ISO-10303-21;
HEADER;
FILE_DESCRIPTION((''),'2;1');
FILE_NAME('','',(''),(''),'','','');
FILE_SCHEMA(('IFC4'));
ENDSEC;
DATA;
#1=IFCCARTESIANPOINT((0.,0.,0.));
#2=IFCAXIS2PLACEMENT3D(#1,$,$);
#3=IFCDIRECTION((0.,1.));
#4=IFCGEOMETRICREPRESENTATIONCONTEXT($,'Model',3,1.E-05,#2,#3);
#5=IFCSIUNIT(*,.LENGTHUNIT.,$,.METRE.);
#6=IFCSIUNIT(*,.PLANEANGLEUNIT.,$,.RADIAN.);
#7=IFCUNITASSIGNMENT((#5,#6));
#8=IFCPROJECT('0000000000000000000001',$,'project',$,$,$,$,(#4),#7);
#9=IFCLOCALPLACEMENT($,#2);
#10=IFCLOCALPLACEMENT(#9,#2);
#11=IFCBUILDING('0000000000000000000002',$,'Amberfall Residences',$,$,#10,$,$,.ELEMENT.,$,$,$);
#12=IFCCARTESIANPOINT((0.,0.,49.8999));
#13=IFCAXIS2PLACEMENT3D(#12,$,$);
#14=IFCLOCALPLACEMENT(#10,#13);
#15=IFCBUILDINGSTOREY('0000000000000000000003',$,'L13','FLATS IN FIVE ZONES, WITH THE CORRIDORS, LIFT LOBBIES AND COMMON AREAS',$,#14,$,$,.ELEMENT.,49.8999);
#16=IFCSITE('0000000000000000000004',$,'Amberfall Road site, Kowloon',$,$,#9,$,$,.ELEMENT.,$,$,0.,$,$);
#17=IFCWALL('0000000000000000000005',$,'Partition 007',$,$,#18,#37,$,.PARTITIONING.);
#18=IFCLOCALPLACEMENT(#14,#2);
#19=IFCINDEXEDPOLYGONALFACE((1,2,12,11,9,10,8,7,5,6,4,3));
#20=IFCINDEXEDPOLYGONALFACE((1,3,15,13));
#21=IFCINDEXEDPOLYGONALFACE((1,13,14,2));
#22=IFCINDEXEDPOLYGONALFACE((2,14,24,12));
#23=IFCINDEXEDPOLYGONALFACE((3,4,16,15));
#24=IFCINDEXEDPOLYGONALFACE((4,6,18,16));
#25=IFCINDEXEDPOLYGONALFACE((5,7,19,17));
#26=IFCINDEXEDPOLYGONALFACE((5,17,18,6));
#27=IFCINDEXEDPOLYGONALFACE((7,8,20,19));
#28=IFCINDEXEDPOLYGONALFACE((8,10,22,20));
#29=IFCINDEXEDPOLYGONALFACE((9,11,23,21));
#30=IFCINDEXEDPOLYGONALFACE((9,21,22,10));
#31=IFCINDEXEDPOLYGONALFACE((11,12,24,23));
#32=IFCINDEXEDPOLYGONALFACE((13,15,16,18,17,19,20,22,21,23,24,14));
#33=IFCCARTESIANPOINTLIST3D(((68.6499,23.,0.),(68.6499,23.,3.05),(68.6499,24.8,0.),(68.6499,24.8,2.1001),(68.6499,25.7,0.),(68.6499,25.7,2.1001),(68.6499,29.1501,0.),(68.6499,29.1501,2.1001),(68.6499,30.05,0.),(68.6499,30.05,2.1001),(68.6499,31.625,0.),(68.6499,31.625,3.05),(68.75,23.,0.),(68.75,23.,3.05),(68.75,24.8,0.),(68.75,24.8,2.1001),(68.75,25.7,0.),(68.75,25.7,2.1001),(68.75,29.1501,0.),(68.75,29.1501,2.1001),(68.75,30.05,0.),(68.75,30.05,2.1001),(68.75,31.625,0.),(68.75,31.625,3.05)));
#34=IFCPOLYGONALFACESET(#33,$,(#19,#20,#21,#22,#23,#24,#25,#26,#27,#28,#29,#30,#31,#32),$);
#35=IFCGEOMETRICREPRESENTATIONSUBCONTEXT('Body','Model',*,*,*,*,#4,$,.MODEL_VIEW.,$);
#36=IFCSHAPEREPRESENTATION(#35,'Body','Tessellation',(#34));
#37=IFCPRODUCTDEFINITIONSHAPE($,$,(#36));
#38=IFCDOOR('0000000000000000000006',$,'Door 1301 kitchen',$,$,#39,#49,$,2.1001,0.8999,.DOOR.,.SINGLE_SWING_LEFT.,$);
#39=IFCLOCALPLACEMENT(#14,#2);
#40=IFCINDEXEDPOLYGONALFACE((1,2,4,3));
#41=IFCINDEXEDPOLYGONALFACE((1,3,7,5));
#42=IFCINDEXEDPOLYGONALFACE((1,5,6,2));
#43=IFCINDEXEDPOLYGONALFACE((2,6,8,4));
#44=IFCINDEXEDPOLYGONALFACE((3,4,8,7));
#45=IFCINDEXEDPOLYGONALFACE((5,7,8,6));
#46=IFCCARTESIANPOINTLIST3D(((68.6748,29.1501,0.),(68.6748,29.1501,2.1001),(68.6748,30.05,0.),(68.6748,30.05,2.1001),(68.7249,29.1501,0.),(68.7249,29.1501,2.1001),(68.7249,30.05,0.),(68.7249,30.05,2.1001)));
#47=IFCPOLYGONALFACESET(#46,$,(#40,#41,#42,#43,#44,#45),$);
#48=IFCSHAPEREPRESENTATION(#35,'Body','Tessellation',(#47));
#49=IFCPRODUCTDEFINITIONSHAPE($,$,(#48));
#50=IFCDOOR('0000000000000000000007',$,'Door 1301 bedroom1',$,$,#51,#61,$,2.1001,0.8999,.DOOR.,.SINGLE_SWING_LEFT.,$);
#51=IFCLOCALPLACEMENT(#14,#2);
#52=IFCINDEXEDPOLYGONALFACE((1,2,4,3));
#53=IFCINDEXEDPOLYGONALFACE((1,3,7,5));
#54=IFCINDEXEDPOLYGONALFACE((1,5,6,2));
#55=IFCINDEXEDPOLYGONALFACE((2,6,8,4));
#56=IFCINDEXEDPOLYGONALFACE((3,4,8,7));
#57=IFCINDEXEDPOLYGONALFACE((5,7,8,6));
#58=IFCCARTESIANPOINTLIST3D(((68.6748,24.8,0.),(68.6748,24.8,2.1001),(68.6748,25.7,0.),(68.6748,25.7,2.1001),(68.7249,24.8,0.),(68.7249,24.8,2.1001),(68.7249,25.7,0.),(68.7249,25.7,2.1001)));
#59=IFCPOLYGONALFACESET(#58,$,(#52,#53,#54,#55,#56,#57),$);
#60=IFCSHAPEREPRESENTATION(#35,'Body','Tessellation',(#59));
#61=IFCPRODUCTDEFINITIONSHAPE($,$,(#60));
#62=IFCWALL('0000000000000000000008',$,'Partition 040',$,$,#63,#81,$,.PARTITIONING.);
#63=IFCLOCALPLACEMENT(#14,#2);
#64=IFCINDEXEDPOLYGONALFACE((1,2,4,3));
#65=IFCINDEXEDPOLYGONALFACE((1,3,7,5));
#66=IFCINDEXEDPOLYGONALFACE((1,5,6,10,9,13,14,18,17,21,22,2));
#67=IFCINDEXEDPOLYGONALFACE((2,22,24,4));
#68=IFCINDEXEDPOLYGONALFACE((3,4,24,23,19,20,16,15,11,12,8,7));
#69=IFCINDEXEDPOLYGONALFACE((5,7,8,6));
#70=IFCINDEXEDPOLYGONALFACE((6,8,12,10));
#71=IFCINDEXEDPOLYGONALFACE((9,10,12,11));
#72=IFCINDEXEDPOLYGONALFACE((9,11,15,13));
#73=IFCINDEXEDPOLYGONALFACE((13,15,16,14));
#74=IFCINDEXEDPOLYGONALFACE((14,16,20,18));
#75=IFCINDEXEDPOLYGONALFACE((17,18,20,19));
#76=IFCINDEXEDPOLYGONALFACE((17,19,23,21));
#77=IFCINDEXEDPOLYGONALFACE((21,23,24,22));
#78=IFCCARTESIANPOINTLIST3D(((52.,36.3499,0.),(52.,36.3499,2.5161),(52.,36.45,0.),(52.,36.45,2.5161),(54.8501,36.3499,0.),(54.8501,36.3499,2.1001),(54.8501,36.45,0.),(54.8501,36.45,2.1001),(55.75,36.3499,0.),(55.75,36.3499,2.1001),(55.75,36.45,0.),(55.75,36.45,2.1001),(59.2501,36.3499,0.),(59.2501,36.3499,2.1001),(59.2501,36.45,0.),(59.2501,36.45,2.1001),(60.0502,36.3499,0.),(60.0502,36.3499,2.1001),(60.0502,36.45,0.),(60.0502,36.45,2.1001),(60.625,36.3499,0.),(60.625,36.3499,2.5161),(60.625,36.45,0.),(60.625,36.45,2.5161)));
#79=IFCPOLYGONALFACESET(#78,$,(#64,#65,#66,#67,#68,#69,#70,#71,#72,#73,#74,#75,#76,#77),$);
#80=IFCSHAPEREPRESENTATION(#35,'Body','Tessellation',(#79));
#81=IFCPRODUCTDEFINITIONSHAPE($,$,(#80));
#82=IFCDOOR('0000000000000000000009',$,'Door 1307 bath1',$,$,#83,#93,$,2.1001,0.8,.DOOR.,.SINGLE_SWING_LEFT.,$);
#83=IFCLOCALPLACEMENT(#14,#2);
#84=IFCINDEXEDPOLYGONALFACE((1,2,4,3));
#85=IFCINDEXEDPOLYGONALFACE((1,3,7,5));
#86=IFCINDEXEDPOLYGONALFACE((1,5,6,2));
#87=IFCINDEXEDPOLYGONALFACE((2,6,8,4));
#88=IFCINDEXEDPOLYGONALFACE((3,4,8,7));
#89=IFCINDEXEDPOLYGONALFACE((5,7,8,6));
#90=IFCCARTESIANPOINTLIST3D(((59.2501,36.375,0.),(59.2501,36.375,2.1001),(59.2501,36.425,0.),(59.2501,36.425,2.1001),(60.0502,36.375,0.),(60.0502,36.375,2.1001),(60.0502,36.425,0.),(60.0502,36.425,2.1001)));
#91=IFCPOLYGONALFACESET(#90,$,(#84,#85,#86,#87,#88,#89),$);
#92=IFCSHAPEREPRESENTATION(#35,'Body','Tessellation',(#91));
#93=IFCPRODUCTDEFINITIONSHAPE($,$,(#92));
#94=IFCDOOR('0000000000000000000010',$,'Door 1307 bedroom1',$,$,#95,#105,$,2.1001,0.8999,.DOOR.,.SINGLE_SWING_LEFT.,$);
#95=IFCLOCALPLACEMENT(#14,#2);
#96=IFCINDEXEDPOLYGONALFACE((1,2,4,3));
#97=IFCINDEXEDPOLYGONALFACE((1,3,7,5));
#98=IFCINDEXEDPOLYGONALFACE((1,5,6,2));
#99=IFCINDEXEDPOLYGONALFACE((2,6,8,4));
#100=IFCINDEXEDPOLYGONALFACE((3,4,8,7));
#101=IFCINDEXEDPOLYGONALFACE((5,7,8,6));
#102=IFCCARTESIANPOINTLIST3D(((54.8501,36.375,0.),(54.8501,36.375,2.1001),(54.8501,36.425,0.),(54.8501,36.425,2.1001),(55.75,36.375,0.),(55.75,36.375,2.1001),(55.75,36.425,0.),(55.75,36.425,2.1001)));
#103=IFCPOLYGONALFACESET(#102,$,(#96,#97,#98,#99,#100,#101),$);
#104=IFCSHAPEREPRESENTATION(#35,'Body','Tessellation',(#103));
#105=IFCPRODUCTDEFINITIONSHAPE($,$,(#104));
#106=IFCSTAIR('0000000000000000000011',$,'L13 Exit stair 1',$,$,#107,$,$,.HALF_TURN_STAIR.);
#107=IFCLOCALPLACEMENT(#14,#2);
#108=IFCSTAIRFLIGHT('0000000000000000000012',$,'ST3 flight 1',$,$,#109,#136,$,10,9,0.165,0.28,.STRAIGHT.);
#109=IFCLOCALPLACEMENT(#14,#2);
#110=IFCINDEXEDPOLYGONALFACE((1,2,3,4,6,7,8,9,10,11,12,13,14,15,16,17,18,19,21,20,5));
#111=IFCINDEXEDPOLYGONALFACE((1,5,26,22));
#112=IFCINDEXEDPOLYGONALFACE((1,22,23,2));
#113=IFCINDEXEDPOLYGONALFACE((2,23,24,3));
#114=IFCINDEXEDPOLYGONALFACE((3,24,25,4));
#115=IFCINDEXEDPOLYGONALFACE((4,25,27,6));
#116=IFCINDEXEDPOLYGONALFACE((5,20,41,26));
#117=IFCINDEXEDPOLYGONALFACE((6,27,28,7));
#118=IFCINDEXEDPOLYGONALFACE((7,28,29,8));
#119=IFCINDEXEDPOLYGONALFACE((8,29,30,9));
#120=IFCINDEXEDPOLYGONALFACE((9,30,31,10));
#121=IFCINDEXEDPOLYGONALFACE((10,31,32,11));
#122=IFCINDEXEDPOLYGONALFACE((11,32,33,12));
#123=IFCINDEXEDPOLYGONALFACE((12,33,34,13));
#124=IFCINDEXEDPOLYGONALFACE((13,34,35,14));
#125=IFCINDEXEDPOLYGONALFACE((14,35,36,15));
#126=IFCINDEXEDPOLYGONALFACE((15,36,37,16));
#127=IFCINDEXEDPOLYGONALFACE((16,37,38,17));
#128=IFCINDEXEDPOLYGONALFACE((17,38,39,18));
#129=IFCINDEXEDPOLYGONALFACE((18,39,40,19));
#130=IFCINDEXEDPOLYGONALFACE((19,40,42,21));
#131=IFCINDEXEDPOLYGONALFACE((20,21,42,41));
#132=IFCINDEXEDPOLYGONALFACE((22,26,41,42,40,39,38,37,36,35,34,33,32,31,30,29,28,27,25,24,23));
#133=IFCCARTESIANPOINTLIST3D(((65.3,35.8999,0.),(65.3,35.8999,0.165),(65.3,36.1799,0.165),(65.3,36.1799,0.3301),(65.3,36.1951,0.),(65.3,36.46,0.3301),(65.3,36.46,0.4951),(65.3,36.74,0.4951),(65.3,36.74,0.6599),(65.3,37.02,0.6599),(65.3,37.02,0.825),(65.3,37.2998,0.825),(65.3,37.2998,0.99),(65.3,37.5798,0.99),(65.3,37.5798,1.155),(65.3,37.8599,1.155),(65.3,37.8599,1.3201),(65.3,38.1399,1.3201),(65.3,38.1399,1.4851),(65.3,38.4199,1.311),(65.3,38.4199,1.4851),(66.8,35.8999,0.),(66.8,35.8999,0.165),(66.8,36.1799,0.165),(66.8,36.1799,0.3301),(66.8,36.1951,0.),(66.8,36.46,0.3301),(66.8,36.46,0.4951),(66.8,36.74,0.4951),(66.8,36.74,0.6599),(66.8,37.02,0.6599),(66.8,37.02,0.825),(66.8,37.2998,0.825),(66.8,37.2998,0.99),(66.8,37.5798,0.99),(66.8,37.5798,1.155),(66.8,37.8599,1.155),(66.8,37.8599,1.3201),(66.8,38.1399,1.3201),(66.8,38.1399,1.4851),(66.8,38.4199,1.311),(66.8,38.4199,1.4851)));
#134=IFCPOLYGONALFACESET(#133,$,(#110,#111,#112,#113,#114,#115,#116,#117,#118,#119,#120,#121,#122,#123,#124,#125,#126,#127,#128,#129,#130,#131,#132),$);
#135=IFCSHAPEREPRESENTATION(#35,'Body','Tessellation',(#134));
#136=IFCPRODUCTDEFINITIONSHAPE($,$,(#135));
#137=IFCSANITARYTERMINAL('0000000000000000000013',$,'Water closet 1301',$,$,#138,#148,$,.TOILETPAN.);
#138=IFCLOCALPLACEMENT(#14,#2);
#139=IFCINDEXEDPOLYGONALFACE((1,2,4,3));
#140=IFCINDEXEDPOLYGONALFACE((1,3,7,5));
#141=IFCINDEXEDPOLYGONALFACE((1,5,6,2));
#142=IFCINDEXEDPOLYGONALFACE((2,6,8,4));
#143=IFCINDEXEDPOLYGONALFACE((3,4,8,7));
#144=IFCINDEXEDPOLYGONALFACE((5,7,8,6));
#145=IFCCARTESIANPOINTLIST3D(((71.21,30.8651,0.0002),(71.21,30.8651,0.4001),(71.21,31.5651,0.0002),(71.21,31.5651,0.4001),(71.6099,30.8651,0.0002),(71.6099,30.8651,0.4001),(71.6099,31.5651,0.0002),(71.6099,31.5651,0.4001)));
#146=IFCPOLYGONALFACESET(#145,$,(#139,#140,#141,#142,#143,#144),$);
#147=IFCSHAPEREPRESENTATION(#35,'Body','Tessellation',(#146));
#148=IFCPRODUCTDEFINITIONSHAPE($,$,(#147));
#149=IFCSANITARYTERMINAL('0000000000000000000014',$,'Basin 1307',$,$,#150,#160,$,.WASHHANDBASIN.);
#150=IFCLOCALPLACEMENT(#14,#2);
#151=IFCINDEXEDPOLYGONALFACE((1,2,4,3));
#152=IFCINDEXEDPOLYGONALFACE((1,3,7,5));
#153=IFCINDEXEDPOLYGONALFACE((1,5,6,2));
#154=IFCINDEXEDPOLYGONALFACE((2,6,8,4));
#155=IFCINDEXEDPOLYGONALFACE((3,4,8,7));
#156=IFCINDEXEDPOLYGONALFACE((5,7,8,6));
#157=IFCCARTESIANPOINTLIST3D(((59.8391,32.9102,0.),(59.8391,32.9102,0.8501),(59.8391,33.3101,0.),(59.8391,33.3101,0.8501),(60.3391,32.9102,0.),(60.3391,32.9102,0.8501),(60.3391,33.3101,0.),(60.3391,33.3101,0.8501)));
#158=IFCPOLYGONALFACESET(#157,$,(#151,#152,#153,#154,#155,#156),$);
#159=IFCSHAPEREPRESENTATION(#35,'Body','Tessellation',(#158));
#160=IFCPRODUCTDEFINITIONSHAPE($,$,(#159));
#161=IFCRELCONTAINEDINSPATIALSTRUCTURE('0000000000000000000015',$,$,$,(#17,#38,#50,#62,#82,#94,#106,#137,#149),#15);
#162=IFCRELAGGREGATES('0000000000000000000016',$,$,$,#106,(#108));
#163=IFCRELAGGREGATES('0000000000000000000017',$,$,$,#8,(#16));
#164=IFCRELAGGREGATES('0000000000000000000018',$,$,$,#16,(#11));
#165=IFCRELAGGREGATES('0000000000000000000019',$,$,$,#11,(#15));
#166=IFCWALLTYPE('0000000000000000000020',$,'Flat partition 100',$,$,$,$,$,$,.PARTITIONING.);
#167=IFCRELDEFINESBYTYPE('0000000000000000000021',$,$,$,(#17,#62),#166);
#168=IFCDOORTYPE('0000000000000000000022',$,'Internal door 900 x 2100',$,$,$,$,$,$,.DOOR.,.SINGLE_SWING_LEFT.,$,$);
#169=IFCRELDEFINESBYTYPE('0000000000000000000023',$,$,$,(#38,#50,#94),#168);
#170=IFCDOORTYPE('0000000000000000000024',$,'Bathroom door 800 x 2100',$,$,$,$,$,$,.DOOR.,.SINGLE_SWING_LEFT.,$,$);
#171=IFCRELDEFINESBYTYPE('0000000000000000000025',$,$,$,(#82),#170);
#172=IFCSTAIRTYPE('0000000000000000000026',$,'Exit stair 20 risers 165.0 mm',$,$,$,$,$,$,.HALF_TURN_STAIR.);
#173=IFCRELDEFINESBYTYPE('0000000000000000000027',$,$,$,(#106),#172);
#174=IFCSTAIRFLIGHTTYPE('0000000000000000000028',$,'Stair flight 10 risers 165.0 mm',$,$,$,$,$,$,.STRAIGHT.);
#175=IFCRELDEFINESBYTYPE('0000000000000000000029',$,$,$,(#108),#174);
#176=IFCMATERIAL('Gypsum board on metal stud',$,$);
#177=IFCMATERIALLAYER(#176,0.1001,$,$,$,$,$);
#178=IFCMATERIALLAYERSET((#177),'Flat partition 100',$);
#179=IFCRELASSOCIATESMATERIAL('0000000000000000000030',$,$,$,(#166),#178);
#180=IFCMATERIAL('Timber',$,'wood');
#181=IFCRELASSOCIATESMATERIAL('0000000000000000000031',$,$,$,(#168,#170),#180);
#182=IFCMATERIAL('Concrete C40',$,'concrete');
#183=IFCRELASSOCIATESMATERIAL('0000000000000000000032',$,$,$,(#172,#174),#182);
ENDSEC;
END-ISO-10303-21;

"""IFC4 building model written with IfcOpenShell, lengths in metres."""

from ifc_helpers import new_model, si_unit, direction, frame, frame_2d, origin, origin_2d, place, context, subcontext, project, spatial, polyline, rectangle, outline, extrude, material, layer, layer_set, type_object, element, fill, aggregate, save


model = new_model("IFC4")

# Units and contexts
model_context = context("Model", 3, precision=1e-05, world=origin(), true_north=direction((0.0, 1.0)))
body_context = subcontext(model_context, "Body", "Model", "MODEL_VIEW")
ifc_project = project(units=[si_unit("LENGTHUNIT", "METRE"), si_unit("PLANEANGLEUNIT", "RADIAN")], contexts=[model_context])

# Site, building, storey
site_placement = place(None, origin())
site = spatial("IfcSite", under=ifc_project, at=site_placement, Name="Amberfall Road site, Kowloon", CompositionType="ELEMENT", RefElevation=0.0)
building_placement = place(site_placement, origin())
building = spatial("IfcBuilding", under=site, at=building_placement, Name="Amberfall Residences", CompositionType="ELEMENT")
storey_placement = place(building_placement, frame((0.0, 0.0, 49.8999)))
storey = spatial("IfcBuildingStorey", under=building, at=storey_placement, Name="L13", Description="FLATS IN FIVE ZONES, WITH THE CORRIDORS, LIFT LOBBIES AND COMMON AREAS", CompositionType="ELEMENT", Elevation=49.8999)

# Walls, openings, doors
ifc_material_1 = material(Name="Gypsum board on metal stud")
ifc_layer_1 = layer(ifc_material_1, 0.1001)
ifc_layer_set_1 = layer_set([ifc_layer_1], Name="Flat partition 100")
wall_type_1 = type_object("IfcWallType", Name="Flat partition 100", PredefinedType="PARTITIONING", material=ifc_layer_set_1)
wall_1_placement = place(storey_placement, frame((68.7, 31.625, 0.0), z_axis=(0.0, 0.0, 1.0), x_axis=(0.0, -1.0, 0.0)))
wall_1 = element("IfcWall", 1, at=wall_1_placement, inside=storey, type_object=wall_type_1, Name="Partition 007", PredefinedType="PARTITIONING", context=body_context, shape_type="SweptSolid", body=[
    extrude(rectangle(XDim=8.625, YDim=0.1001, at=frame_2d((4.3125, 0.0))), origin(), (0.0, 0.0, 1.0), 3.05),
])
opening_1_placement = place(wall_1_placement, frame((1.575, 0.0, 0.0)))
opening_1 = element("IfcOpeningElement", 2, at=opening_1_placement, cuts=wall_1, PredefinedType="OPENING", context=body_context, shape_type="SweptSolid", body=[
    extrude(rectangle(XDim=0.8999, YDim=2.1001, at=frame_2d((0.45, 1.05))), frame((0.0, 0.0601, 0.0), z_axis=(0.0, -1.0, 0.0), x_axis=(1.0, 0.0, 0.0)), (0.0, 0.0, 1.0), 0.1201),
])
opening_2_placement = place(wall_1_placement, frame((5.925, 0.0, 0.0)))
opening_2 = element("IfcOpeningElement", 3, at=opening_2_placement, cuts=wall_1, PredefinedType="OPENING", context=body_context, shape_type="SweptSolid", body=[
    extrude(rectangle(XDim=0.8999, YDim=2.1001, at=frame_2d((0.45, 1.05))), frame((0.0, 0.0601, 0.0), z_axis=(0.0, -1.0, 0.0), x_axis=(1.0, 0.0, 0.0)), (0.0, 0.0, 1.0), 0.1201),
])
ifc_material_2 = material(Name="Timber", Category="wood")
door_type_1 = type_object("IfcDoorType", Name="Internal door 900 x 2100", OperationType="SINGLE_SWING_LEFT", PredefinedType="DOOR", material=ifc_material_2)
door_1_placement = place(opening_1_placement, origin())
door_1 = element("IfcDoor", 4, at=door_1_placement, inside=storey, type_object=door_type_1, Name="Door 1301 kitchen", OperationType="SINGLE_SWING_LEFT", OverallHeight=2.1001, OverallWidth=0.8999, PredefinedType="DOOR", context=body_context, shape_type="SweptSolid", body=[
    extrude(rectangle(XDim=0.8999, YDim=2.1001, at=frame_2d((0.45, 1.05))), frame((0.0, 0.0249, 0.0), z_axis=(0.0, -1.0, 0.0), x_axis=(1.0, 0.0, 0.0)), (0.0, 0.0, 1.0), 0.05),
])
fill(opening_1, door_1)
door_2_placement = place(opening_2_placement, origin())
door_2 = element("IfcDoor", 5, at=door_2_placement, inside=storey, type_object=door_type_1, Name="Door 1301 bedroom1", OperationType="SINGLE_SWING_LEFT", OverallHeight=2.1001, OverallWidth=0.8999, PredefinedType="DOOR", context=body_context, shape_type="SweptSolid", body=[
    extrude(rectangle(XDim=0.8999, YDim=2.1001, at=frame_2d((0.45, 1.05))), frame((0.0, 0.0249, 0.0), z_axis=(0.0, -1.0, 0.0), x_axis=(1.0, 0.0, 0.0)), (0.0, 0.0, 1.0), 0.05),
])
fill(opening_2, door_2)
wall_2_placement = place(storey_placement, frame((60.625, 36.3999, 0.0), z_axis=(0.0, 0.0, 1.0), x_axis=(-1.0, 0.0, 0.0)))
wall_2 = element("IfcWall", 6, at=wall_2_placement, inside=storey, type_object=wall_type_1, Name="Partition 040", PredefinedType="PARTITIONING", context=body_context, shape_type="SweptSolid", body=[
    extrude(rectangle(XDim=8.625, YDim=0.1001, at=frame_2d((4.3125, 0.0))), origin(), (0.0, 0.0, 1.0), 2.5161),
])
opening_3_placement = place(wall_2_placement, frame((4.875, 0.0, 0.0)))
opening_3 = element("IfcOpeningElement", 7, at=opening_3_placement, cuts=wall_2, PredefinedType="OPENING", context=body_context, shape_type="SweptSolid", body=[
    extrude(rectangle(XDim=0.8999, YDim=2.1001, at=frame_2d((0.45, 1.05))), frame((0.0, 0.0601, 0.0), z_axis=(0.0, -1.0, 0.0), x_axis=(1.0, 0.0, 0.0)), (0.0, 0.0, 1.0), 0.1201),
])
opening_4_placement = place(wall_2_placement, frame((0.575, 0.0, 0.0)))
opening_4 = element("IfcOpeningElement", 8, at=opening_4_placement, cuts=wall_2, PredefinedType="OPENING", context=body_context, shape_type="SweptSolid", body=[
    extrude(rectangle(XDim=0.8, YDim=2.1001, at=frame_2d((0.3999, 1.05))), frame((0.0, 0.0601, 0.0), z_axis=(0.0, -1.0, 0.0), x_axis=(1.0, 0.0, 0.0)), (0.0, 0.0, 1.0), 0.1201),
])
door_type_2 = type_object("IfcDoorType", Name="Bathroom door 800 x 2100", OperationType="SINGLE_SWING_LEFT", PredefinedType="DOOR", material=ifc_material_2)
door_3_placement = place(opening_4_placement, origin())
door_3 = element("IfcDoor", 9, at=door_3_placement, inside=storey, type_object=door_type_2, Name="Door 1307 bath1", OperationType="SINGLE_SWING_LEFT", OverallHeight=2.1001, OverallWidth=0.8, PredefinedType="DOOR", context=body_context, shape_type="SweptSolid", body=[
    extrude(rectangle(XDim=0.8, YDim=2.1001, at=frame_2d((0.3999, 1.05))), frame((0.0, 0.0249, 0.0), z_axis=(0.0, -1.0, 0.0), x_axis=(1.0, 0.0, 0.0)), (0.0, 0.0, 1.0), 0.05),
])
fill(opening_4, door_3)
door_4_placement = place(opening_3_placement, origin())
door_4 = element("IfcDoor", 10, at=door_4_placement, inside=storey, type_object=door_type_1, Name="Door 1307 bedroom1", OperationType="SINGLE_SWING_LEFT", OverallHeight=2.1001, OverallWidth=0.8999, PredefinedType="DOOR", context=body_context, shape_type="SweptSolid", body=[
    extrude(rectangle(XDim=0.8999, YDim=2.1001, at=frame_2d((0.45, 1.05))), frame((0.0, 0.0249, 0.0), z_axis=(0.0, -1.0, 0.0), x_axis=(1.0, 0.0, 0.0)), (0.0, 0.0, 1.0), 0.05),
])
fill(opening_3, door_4)

# Stair, stair flight
ifc_material_3 = material(Name="Concrete C40", Category="concrete")
stair_type = type_object("IfcStairType", Name="Exit stair 20 risers 165.0 mm", PredefinedType="HALF_TURN_STAIR", material=ifc_material_3)
stair_placement = place(storey_placement, origin())
stair = element("IfcStair", 11, at=stair_placement, inside=storey, type_object=stair_type, Name="L13 Exit stair 1", PredefinedType="HALF_TURN_STAIR")
stair_flight_type = type_object("IfcStairFlightType", Name="Stair flight 10 risers 165.0 mm", PredefinedType="STRAIGHT", material=ifc_material_3)
stair_flight_placement = place(storey_placement, frame((66.05, 35.8999, 0.0), z_axis=(0.0, 0.0, 1.0), x_axis=(0.0, 1.0, 0.0)))
stair_flight = element("IfcStairFlight", 12, at=stair_flight_placement, type_object=stair_flight_type, Name="ST3 flight 1", NumberOfRisers=10, NumberOfTreads=9, PredefinedType="STRAIGHT", RiserHeight=0.165, TreadLength=0.28, context=body_context, shape_type="SweptSolid", body=[
    extrude(outline(polyline([(0.0, 0.0), (0.0, 0.165), (0.28, 0.165), (0.28, 0.3301), (0.5601, 0.3301), (0.5601, 0.4951), (0.8401, 0.4951), (0.8401, 0.6599), (1.1201, 0.6599), (1.1201, 0.825), (1.3999, 0.825), (1.3999, 0.99), (1.6799, 0.99), (1.6799, 1.155), (1.96, 1.155), (1.96, 1.3201), (2.24, 1.3201), (2.24, 1.4851), (2.52, 1.4851), (2.52, 1.6499), (2.52, 1.311), (0.2952, 0.0), (0.0, 0.0)])), frame((0.0, 0.75, 0.0), z_axis=(0.0, -1.0, 0.0), x_axis=(1.0, 0.0, 0.0)), (0.0, 0.0, 1.0), 1.5),
])
aggregate(stair, [stair_flight])

# Sanitary terminals
sanitary_terminal_1_placement = place(storey_placement, frame((71.4099, 31.2151, 0.0002), z_axis=(0.0, 0.0, 1.0), x_axis=(1.0, 0.0, 0.0)))
element("IfcSanitaryTerminal", 13, at=sanitary_terminal_1_placement, inside=storey, Name="Water closet 1301", PredefinedType="TOILETPAN", context=body_context, shape_type="SweptSolid", body=[
    extrude(rectangle(XDim=0.3999, YDim=0.7, at=origin_2d()), origin(), (0.0, 0.0, 1.0), 0.3999),
])
sanitary_terminal_2_placement = place(storey_placement, frame((60.0891, 33.1101, 0.0), z_axis=(0.0, 0.0, 1.0), x_axis=(1.0, 0.0, 0.0)))
element("IfcSanitaryTerminal", 14, at=sanitary_terminal_2_placement, inside=storey, Name="Basin 1307", PredefinedType="WASHHANDBASIN", context=body_context, shape_type="SweptSolid", body=[
    extrude(rectangle(XDim=0.5, YDim=0.3999, at=origin_2d()), origin(), (0.0, 0.0, 1.0), 0.8501),
])

save(model, "model.ifc")
